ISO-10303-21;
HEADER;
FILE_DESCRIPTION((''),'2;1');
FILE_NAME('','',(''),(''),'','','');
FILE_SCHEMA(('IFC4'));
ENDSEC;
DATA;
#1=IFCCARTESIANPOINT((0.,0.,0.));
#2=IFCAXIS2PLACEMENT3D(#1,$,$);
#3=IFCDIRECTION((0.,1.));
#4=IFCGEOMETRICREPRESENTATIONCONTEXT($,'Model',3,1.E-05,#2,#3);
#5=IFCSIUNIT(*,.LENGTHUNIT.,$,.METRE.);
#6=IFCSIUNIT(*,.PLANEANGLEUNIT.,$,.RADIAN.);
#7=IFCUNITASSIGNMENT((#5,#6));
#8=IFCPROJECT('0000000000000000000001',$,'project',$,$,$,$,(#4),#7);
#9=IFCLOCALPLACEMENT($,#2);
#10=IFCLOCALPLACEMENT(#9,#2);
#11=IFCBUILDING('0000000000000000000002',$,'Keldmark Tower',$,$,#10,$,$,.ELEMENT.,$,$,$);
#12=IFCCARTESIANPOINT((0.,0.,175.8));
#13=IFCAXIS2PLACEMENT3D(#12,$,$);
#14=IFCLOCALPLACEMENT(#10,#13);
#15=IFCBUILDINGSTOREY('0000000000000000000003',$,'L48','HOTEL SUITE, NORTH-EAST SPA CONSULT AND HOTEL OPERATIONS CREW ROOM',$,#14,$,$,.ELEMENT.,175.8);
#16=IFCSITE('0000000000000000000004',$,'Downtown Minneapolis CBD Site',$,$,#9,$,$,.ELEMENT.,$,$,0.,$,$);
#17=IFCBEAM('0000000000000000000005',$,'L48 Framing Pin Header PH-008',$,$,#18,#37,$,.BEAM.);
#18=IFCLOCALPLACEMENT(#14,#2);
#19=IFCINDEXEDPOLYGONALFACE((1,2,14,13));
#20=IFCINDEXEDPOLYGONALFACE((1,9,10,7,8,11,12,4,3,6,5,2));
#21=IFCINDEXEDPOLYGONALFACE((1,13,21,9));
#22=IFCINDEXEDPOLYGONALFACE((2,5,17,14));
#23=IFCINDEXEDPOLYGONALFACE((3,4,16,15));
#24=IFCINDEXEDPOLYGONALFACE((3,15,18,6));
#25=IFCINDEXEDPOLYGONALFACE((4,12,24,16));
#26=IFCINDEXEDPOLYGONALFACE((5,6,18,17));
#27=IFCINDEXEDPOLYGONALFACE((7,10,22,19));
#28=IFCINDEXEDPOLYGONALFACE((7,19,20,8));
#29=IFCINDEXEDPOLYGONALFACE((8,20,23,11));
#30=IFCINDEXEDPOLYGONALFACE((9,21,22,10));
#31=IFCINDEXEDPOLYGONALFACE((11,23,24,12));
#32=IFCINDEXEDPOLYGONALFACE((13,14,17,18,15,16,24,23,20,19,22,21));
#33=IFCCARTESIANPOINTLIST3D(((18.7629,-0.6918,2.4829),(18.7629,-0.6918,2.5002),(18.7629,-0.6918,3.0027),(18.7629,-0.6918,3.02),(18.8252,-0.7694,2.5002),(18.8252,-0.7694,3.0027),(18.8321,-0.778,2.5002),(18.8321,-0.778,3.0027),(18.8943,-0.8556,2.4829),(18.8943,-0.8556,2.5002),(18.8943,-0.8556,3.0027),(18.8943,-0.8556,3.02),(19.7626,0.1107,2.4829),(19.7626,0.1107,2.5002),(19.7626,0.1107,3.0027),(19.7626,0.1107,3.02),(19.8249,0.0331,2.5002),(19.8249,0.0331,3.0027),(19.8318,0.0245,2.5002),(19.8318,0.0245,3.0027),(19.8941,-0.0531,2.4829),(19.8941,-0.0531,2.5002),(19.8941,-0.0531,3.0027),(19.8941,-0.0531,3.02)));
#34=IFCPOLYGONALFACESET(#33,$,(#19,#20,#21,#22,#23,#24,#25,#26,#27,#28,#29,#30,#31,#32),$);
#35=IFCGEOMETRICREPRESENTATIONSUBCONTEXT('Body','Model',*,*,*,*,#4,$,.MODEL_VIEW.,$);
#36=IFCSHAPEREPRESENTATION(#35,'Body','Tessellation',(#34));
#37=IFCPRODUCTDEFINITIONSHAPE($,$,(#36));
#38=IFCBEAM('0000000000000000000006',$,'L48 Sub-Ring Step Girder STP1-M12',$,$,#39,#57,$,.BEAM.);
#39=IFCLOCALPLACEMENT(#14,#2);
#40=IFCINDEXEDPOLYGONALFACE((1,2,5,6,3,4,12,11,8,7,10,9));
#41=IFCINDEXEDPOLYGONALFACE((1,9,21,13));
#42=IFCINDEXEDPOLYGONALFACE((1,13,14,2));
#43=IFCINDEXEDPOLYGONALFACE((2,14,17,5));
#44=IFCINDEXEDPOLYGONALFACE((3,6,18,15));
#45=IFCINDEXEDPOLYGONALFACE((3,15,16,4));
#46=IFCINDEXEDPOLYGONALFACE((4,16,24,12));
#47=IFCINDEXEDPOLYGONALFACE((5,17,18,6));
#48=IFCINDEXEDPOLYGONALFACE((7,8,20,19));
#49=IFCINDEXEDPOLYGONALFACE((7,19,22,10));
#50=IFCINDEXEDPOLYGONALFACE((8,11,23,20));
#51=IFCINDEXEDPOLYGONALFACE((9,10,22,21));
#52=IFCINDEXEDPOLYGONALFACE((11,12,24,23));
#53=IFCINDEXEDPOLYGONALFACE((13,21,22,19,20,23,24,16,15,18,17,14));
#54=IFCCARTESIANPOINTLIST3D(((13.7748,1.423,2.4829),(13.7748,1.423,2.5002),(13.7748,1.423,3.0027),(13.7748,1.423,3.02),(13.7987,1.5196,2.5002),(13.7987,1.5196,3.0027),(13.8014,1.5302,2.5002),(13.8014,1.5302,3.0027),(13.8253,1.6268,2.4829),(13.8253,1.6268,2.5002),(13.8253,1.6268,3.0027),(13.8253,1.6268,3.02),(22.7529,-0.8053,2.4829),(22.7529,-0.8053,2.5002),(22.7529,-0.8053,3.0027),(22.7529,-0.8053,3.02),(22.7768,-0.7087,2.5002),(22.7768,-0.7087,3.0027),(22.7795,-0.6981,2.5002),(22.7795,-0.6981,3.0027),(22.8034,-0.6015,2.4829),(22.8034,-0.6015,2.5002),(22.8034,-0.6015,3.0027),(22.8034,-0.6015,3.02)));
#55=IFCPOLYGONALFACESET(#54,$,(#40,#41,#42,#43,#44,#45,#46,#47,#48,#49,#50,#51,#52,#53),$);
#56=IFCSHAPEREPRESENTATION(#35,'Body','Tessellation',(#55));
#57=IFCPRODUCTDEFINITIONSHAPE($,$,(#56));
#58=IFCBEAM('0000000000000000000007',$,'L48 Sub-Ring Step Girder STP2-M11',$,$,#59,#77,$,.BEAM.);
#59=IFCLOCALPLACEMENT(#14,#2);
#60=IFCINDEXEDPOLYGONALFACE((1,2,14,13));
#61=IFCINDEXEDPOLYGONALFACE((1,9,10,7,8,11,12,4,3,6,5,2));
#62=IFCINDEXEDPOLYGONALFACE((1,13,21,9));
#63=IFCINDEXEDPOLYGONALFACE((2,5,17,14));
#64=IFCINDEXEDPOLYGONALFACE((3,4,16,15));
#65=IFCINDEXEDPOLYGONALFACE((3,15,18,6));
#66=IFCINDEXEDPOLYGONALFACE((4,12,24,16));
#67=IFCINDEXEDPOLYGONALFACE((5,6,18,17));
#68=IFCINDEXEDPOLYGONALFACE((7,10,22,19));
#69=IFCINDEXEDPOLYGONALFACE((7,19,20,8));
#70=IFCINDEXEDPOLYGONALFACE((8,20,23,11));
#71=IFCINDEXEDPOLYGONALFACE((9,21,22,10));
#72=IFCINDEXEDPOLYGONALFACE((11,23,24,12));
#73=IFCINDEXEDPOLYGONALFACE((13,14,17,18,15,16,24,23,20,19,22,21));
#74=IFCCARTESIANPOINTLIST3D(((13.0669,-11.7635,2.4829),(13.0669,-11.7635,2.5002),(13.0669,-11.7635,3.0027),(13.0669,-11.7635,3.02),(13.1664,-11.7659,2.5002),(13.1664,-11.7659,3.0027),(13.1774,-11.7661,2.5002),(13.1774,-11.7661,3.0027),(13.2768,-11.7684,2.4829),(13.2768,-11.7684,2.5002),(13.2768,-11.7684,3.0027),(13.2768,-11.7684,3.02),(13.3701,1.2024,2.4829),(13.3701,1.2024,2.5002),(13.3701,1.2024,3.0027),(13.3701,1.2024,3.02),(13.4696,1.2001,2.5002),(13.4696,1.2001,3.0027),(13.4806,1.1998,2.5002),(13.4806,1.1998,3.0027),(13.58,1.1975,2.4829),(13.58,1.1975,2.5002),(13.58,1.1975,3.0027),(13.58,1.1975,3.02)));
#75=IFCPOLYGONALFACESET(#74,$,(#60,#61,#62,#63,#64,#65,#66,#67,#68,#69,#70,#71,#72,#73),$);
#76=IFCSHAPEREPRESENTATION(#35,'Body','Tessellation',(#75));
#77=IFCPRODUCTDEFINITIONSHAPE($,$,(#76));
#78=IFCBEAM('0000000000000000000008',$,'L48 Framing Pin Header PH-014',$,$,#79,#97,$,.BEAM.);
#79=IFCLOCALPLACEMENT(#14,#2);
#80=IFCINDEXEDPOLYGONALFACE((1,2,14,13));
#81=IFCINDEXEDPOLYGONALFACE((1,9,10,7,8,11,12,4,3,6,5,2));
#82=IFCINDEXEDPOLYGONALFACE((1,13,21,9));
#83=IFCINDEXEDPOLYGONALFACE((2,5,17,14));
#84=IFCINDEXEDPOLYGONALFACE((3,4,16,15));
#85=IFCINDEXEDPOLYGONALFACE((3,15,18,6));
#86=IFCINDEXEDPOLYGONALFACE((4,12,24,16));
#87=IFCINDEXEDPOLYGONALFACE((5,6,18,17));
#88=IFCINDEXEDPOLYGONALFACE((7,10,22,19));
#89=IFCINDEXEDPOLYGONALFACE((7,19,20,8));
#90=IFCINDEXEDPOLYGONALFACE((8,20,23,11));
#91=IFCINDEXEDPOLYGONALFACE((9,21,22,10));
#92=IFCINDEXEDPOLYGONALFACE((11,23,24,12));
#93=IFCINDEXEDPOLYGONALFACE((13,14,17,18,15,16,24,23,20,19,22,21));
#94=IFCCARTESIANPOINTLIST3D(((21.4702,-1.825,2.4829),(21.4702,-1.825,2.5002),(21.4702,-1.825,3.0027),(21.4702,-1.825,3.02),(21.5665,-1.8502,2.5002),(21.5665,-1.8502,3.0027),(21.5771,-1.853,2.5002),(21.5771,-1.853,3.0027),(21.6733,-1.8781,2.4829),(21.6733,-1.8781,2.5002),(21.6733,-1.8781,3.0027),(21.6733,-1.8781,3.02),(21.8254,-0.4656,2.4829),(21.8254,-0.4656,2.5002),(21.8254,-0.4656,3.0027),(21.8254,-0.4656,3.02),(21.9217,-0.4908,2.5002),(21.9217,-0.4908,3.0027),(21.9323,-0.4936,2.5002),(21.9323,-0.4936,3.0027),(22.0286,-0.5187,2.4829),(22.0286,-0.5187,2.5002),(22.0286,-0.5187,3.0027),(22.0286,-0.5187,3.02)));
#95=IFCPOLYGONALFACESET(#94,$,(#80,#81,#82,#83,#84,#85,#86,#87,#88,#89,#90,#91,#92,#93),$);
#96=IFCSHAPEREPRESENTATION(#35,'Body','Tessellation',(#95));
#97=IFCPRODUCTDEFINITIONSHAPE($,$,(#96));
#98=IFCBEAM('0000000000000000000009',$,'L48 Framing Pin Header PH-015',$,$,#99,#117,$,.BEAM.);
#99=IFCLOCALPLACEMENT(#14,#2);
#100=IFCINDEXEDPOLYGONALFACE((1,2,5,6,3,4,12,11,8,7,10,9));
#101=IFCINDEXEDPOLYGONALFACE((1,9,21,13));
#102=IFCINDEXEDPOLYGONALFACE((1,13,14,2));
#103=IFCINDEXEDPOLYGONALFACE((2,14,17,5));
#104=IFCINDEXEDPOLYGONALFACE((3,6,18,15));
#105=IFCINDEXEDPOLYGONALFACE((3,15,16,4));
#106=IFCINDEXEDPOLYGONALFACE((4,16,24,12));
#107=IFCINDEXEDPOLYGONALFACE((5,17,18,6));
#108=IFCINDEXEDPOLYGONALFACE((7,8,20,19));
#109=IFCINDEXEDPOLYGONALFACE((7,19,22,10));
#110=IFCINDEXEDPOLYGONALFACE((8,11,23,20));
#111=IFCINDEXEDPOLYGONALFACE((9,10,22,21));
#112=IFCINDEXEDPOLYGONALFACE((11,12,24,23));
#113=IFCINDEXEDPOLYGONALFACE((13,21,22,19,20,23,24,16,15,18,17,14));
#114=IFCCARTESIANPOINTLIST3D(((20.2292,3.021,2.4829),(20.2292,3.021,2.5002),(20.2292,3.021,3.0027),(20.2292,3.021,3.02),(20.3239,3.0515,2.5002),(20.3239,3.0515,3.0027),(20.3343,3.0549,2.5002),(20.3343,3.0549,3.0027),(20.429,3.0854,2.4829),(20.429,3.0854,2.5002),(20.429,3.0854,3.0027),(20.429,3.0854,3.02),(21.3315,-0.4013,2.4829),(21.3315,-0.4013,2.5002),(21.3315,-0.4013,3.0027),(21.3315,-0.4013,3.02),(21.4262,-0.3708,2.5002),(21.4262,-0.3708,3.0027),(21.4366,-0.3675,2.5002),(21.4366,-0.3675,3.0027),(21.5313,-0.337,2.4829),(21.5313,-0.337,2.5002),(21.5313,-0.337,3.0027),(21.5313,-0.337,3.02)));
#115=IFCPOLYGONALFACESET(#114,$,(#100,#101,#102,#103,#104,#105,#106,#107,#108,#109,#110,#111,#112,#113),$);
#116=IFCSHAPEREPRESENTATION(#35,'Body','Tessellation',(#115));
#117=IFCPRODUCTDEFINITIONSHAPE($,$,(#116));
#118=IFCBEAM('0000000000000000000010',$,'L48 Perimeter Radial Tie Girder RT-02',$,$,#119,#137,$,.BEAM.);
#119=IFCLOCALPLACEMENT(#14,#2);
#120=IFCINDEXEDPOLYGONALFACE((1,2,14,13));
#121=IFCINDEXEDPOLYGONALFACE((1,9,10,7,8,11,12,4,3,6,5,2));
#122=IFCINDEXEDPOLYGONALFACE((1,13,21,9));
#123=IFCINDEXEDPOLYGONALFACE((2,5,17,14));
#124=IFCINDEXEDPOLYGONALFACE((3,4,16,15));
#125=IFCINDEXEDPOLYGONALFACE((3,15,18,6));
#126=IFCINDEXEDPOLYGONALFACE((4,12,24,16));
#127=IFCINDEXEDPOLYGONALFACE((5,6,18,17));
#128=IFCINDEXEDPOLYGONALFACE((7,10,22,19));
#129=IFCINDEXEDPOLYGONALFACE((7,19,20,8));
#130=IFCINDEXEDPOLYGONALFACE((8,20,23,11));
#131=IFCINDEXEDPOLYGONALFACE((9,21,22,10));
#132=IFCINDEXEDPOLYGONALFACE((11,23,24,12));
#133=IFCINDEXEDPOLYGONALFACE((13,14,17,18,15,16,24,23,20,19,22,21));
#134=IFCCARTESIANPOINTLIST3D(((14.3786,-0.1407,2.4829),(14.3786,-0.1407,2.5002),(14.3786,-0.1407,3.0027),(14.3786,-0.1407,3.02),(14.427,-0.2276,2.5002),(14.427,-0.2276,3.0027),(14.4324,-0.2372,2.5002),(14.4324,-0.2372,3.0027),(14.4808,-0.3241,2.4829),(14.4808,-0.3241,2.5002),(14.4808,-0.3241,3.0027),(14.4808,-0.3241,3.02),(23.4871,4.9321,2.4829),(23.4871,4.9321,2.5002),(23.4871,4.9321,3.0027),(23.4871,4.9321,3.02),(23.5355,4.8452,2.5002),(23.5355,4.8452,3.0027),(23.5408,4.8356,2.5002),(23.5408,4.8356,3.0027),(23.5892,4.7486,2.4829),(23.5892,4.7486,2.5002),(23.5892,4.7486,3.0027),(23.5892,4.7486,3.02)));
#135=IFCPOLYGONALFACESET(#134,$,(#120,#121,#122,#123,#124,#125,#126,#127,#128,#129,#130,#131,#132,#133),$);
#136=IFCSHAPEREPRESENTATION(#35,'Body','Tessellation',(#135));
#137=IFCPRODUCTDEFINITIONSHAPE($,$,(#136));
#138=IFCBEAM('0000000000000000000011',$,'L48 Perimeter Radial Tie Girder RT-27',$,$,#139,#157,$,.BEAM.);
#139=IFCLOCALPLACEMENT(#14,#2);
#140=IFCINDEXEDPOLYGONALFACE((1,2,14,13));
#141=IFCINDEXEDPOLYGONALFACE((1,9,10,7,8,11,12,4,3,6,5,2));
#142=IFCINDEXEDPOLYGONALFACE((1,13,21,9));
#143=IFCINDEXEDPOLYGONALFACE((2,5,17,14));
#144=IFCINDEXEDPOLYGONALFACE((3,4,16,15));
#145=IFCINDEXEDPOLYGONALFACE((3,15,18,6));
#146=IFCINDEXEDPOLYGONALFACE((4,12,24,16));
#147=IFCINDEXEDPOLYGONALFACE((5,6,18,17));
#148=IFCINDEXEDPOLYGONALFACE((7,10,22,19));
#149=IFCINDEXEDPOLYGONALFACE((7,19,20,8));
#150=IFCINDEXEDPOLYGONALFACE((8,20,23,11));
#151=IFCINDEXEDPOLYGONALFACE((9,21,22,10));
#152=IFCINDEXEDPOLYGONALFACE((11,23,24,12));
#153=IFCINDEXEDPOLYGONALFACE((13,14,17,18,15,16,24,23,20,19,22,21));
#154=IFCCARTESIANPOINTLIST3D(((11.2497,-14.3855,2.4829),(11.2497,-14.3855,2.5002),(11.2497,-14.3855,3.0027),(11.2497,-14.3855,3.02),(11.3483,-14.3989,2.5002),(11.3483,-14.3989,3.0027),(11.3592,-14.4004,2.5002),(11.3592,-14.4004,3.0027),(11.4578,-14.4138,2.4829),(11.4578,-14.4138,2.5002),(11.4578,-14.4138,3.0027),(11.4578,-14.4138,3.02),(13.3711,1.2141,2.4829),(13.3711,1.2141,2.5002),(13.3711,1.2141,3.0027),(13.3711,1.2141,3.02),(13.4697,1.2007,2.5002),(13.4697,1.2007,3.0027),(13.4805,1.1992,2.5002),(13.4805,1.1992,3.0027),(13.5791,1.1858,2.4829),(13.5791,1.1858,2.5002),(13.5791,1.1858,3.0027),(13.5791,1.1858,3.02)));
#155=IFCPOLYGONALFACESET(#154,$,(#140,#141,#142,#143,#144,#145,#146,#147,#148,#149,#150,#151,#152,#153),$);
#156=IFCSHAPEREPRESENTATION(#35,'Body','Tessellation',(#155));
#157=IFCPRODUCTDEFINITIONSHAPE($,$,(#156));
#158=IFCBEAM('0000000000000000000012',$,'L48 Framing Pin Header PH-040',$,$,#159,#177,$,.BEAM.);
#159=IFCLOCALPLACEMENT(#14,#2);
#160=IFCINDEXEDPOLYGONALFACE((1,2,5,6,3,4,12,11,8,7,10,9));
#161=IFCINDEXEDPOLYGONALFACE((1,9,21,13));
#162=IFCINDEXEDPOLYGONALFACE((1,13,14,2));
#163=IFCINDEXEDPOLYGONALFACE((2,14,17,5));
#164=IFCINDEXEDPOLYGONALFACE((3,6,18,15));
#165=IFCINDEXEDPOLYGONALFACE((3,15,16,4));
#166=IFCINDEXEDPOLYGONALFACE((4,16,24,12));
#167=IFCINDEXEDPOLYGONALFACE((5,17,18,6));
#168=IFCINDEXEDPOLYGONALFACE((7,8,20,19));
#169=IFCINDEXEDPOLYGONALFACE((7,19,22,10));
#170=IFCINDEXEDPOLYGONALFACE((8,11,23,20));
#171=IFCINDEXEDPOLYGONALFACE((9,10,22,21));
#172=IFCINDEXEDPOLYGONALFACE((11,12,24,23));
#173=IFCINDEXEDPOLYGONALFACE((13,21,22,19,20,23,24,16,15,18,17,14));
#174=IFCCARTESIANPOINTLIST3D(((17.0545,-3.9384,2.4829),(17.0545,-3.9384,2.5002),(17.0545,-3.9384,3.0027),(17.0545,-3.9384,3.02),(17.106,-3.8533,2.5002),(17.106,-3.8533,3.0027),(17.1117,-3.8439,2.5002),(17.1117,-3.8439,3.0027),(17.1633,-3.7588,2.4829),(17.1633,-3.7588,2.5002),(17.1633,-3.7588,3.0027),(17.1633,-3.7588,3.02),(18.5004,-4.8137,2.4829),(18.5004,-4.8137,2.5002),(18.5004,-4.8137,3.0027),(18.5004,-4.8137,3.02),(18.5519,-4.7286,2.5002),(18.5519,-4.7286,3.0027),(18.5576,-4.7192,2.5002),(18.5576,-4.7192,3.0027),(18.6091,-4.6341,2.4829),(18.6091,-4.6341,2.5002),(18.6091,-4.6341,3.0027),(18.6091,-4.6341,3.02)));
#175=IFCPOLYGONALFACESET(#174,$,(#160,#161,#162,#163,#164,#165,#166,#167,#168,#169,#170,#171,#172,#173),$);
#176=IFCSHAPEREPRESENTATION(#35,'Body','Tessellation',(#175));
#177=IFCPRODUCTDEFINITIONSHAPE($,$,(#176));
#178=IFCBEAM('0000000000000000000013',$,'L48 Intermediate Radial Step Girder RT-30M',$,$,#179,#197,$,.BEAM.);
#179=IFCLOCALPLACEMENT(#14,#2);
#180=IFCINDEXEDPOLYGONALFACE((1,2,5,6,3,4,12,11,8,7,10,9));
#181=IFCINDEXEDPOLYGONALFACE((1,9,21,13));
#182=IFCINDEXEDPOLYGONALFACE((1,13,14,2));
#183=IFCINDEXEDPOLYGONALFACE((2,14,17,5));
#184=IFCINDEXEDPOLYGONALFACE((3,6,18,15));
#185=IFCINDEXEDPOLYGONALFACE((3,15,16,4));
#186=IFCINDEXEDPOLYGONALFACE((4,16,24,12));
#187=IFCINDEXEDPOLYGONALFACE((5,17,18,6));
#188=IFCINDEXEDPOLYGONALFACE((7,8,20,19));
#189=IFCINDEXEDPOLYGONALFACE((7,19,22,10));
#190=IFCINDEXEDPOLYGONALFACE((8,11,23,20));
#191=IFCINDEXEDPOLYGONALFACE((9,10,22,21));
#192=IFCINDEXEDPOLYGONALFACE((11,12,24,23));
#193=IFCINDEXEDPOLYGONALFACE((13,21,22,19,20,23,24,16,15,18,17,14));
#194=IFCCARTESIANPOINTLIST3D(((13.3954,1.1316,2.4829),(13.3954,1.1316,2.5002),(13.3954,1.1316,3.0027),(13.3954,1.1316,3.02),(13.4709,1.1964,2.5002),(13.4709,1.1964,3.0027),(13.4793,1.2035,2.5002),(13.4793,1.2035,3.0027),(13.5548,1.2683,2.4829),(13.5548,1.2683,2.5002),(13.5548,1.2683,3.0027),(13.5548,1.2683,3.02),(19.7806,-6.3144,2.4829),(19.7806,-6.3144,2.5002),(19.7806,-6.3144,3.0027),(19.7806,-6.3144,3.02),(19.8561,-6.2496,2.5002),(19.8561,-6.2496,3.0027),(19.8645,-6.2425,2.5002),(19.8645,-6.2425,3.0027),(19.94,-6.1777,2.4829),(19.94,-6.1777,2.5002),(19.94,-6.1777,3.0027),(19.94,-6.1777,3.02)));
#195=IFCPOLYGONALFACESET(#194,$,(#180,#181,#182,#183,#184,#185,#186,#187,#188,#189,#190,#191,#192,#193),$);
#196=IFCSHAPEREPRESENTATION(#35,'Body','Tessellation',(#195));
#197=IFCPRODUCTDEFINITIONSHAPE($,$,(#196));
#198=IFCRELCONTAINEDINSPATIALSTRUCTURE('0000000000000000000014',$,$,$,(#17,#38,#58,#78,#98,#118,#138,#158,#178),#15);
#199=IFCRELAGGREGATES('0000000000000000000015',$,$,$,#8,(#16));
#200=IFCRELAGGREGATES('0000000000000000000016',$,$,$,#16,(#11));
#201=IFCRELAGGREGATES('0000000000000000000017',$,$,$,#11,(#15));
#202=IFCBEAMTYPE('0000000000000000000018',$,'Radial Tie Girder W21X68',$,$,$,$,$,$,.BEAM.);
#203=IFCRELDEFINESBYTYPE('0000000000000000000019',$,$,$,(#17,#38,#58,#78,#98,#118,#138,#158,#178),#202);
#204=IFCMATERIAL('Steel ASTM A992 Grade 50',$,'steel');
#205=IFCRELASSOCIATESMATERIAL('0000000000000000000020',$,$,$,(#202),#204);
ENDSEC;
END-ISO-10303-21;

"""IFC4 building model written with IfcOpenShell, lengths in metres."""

from ifc_helpers import new_model, si_unit, direction, frame, origin, origin_2d, place, context, subcontext, project, spatial, i_section, extrude, material, material_profile, profile_set, type_object, element, save


model = new_model("IFC4")

# Units and contexts
model_context = context("Model", 3, precision=1e-05, world=origin(), true_north=direction((0.0, 1.0)))
body_context = subcontext(model_context, "Body", "Model", "MODEL_VIEW")
ifc_project = project(units=[si_unit("LENGTHUNIT", "METRE"), si_unit("PLANEANGLEUNIT", "RADIAN")], contexts=[model_context])

# Site, building, storey
site_placement = place(None, origin())
site = spatial("IfcSite", under=ifc_project, at=site_placement, Name="Downtown Minneapolis CBD Site", CompositionType="ELEMENT", RefElevation=0.0)
building_placement = place(site_placement, origin())
building = spatial("IfcBuilding", under=site, at=building_placement, Name="Keldmark Tower", CompositionType="ELEMENT")
storey_placement = place(building_placement, frame((0.0, 0.0, 175.8)))
storey = spatial("IfcBuildingStorey", under=building, at=storey_placement, Name="L48", Description="HOTEL SUITE, NORTH-EAST SPA CONSULT AND HOTEL OPERATIONS CREW ROOM", CompositionType="ELEMENT", Elevation=175.8)

# Beams
ifc_material_1 = material(Name="Steel ASTM A992 Grade 50", Category="steel")
ifc_material_profile_1 = material_profile(ifc_material_1, i_section(OverallWidth=0.21, OverallDepth=0.5371, WebThickness=0.011, FlangeThickness=0.0173, at=origin_2d()), Name="W21X68")
ifc_profile_set_1 = profile_set([ifc_material_profile_1], Name="Steel ASTM A992 Grade 50")
beam_type_1 = type_object("IfcBeamType", Name="Radial Tie Girder W21X68", PredefinedType="BEAM", material=ifc_profile_set_1)
beam_1_placement = place(storey_placement, frame((18.8286, -0.7737, 2.7515), z_axis=(0.779846, 0.625972, 0.0), x_axis=(-0.625972, 0.779846, 0.0)))
element("IfcBeam", 1, at=beam_1_placement, inside=storey, type_object=beam_type_1, Name="L48 Framing Pin Header PH-008", PredefinedType="BEAM", context=body_context, shape_type="SweptSolid", body=[
    extrude(i_section(OverallWidth=0.21, OverallDepth=0.5371, WebThickness=0.011, FlangeThickness=0.0173, at=origin_2d()), origin(), (0.0, 0.0, 1.0), 1.282),
])
beam_2_placement = place(storey_placement, frame((13.8, 1.5249, 2.7515), z_axis=(0.970554, -0.240883, 0.0), x_axis=(0.240883, 0.970554, 0.0)))
element("IfcBeam", 2, at=beam_2_placement, inside=storey, type_object=beam_type_1, Name="L48 Sub-Ring Step Girder STP1-M12", PredefinedType="BEAM", context=body_context, shape_type="SweptSolid", body=[
    extrude(i_section(OverallWidth=0.21, OverallDepth=0.5371, WebThickness=0.011, FlangeThickness=0.0173, at=origin_2d()), origin(), (0.0, 0.0, 1.0), 9.2505),
])
beam_3_placement = place(storey_placement, frame((13.4751, 1.2, 2.7515), z_axis=(-0.02338, -0.999727, 0.0), x_axis=(0.999727, -0.02338, 0.0)))
element("IfcBeam", 3, at=beam_3_placement, inside=storey, type_object=beam_type_1, Name="L48 Sub-Ring Step Girder STP2-M11", PredefinedType="BEAM", context=body_context, shape_type="SweptSolid", body=[
    extrude(i_section(OverallWidth=0.21, OverallDepth=0.5371, WebThickness=0.011, FlangeThickness=0.0173, at=origin_2d()), origin(), (0.0, 0.0, 1.0), 12.9695),
])
beam_4_placement = place(storey_placement, frame((21.5718, -1.8516, 2.7515), z_axis=(0.252825, 0.967512, 0.0), x_axis=(-0.967512, 0.252825, 0.0)))
element("IfcBeam", 4, at=beam_4_placement, inside=storey, type_object=beam_type_1, Name="L48 Framing Pin Header PH-014", PredefinedType="BEAM", context=body_context, shape_type="SweptSolid", body=[
    extrude(i_section(OverallWidth=0.21, OverallDepth=0.5371, WebThickness=0.011, FlangeThickness=0.0173, at=origin_2d()), origin(), (0.0, 0.0, 1.0), 1.405),
])
beam_5_placement = place(storey_placement, frame((21.4314, -0.3691, 2.7515), z_axis=(-0.306576, 0.951846, 0.0), x_axis=(-0.951846, -0.306576, 0.0)))
element("IfcBeam", 5, at=beam_5_placement, inside=storey, type_object=beam_type_1, Name="L48 Framing Pin Header PH-015", PredefinedType="BEAM", context=body_context, shape_type="SweptSolid", body=[
    extrude(i_section(OverallWidth=0.21, OverallDepth=0.5371, WebThickness=0.011, FlangeThickness=0.0173, at=origin_2d()), origin(), (0.0, 0.0, 1.0), 3.5955),
])
beam_6_placement = place(storey_placement, frame((14.4297, -0.2324, 2.7515), z_axis=(0.873646, 0.486561, 0.0), x_axis=(-0.486561, 0.873646, 0.0)))
element("IfcBeam", 6, at=beam_6_placement, inside=storey, type_object=beam_type_1, Name="L48 Perimeter Radial Tie Girder RT-02", PredefinedType="BEAM", context=body_context, shape_type="SweptSolid", body=[
    extrude(i_section(OverallWidth=0.21, OverallDepth=0.5371, WebThickness=0.011, FlangeThickness=0.0173, at=origin_2d()), origin(), (0.0, 0.0, 1.0), 10.4258),
])
beam_7_placement = place(storey_placement, frame((13.4751, 1.2, 2.7515), z_axis=(-0.134746, -0.99088, 0.0), x_axis=(0.99088, -0.134746, 0.0)))
element("IfcBeam", 7, at=beam_7_placement, inside=storey, type_object=beam_type_1, Name="L48 Perimeter Radial Tie Girder RT-27", PredefinedType="BEAM", context=body_context, shape_type="SweptSolid", body=[
    extrude(i_section(OverallWidth=0.21, OverallDepth=0.5371, WebThickness=0.011, FlangeThickness=0.0173, at=origin_2d()), origin(), (0.0, 0.0, 1.0), 15.7432),
])
beam_8_placement = place(storey_placement, frame((17.1089, -3.8486, 2.7515), z_axis=(0.85546, -0.517869, 0.0), x_axis=(0.517869, 0.85546, 0.0)))
element("IfcBeam", 8, at=beam_8_placement, inside=storey, type_object=beam_type_1, Name="L48 Framing Pin Header PH-040", PredefinedType="BEAM", context=body_context, shape_type="SweptSolid", body=[
    extrude(i_section(OverallWidth=0.21, OverallDepth=0.5371, WebThickness=0.011, FlangeThickness=0.0173, at=origin_2d()), origin(), (0.0, 0.0, 1.0), 1.6902),
])
beam_9_placement = place(storey_placement, frame((13.4751, 1.2, 2.7515), z_axis=(0.650964, -0.759109, 0.0), x_axis=(0.759109, 0.650964, 0.0)))
element("IfcBeam", 9, at=beam_9_placement, inside=storey, type_object=beam_type_1, Name="L48 Intermediate Radial Step Girder RT-30M", PredefinedType="BEAM", context=body_context, shape_type="SweptSolid", body=[
    extrude(i_section(OverallWidth=0.21, OverallDepth=0.5371, WebThickness=0.011, FlangeThickness=0.0173, at=origin_2d()), origin(), (0.0, 0.0, 1.0), 9.8088),
])

save(model, "model.ifc")
